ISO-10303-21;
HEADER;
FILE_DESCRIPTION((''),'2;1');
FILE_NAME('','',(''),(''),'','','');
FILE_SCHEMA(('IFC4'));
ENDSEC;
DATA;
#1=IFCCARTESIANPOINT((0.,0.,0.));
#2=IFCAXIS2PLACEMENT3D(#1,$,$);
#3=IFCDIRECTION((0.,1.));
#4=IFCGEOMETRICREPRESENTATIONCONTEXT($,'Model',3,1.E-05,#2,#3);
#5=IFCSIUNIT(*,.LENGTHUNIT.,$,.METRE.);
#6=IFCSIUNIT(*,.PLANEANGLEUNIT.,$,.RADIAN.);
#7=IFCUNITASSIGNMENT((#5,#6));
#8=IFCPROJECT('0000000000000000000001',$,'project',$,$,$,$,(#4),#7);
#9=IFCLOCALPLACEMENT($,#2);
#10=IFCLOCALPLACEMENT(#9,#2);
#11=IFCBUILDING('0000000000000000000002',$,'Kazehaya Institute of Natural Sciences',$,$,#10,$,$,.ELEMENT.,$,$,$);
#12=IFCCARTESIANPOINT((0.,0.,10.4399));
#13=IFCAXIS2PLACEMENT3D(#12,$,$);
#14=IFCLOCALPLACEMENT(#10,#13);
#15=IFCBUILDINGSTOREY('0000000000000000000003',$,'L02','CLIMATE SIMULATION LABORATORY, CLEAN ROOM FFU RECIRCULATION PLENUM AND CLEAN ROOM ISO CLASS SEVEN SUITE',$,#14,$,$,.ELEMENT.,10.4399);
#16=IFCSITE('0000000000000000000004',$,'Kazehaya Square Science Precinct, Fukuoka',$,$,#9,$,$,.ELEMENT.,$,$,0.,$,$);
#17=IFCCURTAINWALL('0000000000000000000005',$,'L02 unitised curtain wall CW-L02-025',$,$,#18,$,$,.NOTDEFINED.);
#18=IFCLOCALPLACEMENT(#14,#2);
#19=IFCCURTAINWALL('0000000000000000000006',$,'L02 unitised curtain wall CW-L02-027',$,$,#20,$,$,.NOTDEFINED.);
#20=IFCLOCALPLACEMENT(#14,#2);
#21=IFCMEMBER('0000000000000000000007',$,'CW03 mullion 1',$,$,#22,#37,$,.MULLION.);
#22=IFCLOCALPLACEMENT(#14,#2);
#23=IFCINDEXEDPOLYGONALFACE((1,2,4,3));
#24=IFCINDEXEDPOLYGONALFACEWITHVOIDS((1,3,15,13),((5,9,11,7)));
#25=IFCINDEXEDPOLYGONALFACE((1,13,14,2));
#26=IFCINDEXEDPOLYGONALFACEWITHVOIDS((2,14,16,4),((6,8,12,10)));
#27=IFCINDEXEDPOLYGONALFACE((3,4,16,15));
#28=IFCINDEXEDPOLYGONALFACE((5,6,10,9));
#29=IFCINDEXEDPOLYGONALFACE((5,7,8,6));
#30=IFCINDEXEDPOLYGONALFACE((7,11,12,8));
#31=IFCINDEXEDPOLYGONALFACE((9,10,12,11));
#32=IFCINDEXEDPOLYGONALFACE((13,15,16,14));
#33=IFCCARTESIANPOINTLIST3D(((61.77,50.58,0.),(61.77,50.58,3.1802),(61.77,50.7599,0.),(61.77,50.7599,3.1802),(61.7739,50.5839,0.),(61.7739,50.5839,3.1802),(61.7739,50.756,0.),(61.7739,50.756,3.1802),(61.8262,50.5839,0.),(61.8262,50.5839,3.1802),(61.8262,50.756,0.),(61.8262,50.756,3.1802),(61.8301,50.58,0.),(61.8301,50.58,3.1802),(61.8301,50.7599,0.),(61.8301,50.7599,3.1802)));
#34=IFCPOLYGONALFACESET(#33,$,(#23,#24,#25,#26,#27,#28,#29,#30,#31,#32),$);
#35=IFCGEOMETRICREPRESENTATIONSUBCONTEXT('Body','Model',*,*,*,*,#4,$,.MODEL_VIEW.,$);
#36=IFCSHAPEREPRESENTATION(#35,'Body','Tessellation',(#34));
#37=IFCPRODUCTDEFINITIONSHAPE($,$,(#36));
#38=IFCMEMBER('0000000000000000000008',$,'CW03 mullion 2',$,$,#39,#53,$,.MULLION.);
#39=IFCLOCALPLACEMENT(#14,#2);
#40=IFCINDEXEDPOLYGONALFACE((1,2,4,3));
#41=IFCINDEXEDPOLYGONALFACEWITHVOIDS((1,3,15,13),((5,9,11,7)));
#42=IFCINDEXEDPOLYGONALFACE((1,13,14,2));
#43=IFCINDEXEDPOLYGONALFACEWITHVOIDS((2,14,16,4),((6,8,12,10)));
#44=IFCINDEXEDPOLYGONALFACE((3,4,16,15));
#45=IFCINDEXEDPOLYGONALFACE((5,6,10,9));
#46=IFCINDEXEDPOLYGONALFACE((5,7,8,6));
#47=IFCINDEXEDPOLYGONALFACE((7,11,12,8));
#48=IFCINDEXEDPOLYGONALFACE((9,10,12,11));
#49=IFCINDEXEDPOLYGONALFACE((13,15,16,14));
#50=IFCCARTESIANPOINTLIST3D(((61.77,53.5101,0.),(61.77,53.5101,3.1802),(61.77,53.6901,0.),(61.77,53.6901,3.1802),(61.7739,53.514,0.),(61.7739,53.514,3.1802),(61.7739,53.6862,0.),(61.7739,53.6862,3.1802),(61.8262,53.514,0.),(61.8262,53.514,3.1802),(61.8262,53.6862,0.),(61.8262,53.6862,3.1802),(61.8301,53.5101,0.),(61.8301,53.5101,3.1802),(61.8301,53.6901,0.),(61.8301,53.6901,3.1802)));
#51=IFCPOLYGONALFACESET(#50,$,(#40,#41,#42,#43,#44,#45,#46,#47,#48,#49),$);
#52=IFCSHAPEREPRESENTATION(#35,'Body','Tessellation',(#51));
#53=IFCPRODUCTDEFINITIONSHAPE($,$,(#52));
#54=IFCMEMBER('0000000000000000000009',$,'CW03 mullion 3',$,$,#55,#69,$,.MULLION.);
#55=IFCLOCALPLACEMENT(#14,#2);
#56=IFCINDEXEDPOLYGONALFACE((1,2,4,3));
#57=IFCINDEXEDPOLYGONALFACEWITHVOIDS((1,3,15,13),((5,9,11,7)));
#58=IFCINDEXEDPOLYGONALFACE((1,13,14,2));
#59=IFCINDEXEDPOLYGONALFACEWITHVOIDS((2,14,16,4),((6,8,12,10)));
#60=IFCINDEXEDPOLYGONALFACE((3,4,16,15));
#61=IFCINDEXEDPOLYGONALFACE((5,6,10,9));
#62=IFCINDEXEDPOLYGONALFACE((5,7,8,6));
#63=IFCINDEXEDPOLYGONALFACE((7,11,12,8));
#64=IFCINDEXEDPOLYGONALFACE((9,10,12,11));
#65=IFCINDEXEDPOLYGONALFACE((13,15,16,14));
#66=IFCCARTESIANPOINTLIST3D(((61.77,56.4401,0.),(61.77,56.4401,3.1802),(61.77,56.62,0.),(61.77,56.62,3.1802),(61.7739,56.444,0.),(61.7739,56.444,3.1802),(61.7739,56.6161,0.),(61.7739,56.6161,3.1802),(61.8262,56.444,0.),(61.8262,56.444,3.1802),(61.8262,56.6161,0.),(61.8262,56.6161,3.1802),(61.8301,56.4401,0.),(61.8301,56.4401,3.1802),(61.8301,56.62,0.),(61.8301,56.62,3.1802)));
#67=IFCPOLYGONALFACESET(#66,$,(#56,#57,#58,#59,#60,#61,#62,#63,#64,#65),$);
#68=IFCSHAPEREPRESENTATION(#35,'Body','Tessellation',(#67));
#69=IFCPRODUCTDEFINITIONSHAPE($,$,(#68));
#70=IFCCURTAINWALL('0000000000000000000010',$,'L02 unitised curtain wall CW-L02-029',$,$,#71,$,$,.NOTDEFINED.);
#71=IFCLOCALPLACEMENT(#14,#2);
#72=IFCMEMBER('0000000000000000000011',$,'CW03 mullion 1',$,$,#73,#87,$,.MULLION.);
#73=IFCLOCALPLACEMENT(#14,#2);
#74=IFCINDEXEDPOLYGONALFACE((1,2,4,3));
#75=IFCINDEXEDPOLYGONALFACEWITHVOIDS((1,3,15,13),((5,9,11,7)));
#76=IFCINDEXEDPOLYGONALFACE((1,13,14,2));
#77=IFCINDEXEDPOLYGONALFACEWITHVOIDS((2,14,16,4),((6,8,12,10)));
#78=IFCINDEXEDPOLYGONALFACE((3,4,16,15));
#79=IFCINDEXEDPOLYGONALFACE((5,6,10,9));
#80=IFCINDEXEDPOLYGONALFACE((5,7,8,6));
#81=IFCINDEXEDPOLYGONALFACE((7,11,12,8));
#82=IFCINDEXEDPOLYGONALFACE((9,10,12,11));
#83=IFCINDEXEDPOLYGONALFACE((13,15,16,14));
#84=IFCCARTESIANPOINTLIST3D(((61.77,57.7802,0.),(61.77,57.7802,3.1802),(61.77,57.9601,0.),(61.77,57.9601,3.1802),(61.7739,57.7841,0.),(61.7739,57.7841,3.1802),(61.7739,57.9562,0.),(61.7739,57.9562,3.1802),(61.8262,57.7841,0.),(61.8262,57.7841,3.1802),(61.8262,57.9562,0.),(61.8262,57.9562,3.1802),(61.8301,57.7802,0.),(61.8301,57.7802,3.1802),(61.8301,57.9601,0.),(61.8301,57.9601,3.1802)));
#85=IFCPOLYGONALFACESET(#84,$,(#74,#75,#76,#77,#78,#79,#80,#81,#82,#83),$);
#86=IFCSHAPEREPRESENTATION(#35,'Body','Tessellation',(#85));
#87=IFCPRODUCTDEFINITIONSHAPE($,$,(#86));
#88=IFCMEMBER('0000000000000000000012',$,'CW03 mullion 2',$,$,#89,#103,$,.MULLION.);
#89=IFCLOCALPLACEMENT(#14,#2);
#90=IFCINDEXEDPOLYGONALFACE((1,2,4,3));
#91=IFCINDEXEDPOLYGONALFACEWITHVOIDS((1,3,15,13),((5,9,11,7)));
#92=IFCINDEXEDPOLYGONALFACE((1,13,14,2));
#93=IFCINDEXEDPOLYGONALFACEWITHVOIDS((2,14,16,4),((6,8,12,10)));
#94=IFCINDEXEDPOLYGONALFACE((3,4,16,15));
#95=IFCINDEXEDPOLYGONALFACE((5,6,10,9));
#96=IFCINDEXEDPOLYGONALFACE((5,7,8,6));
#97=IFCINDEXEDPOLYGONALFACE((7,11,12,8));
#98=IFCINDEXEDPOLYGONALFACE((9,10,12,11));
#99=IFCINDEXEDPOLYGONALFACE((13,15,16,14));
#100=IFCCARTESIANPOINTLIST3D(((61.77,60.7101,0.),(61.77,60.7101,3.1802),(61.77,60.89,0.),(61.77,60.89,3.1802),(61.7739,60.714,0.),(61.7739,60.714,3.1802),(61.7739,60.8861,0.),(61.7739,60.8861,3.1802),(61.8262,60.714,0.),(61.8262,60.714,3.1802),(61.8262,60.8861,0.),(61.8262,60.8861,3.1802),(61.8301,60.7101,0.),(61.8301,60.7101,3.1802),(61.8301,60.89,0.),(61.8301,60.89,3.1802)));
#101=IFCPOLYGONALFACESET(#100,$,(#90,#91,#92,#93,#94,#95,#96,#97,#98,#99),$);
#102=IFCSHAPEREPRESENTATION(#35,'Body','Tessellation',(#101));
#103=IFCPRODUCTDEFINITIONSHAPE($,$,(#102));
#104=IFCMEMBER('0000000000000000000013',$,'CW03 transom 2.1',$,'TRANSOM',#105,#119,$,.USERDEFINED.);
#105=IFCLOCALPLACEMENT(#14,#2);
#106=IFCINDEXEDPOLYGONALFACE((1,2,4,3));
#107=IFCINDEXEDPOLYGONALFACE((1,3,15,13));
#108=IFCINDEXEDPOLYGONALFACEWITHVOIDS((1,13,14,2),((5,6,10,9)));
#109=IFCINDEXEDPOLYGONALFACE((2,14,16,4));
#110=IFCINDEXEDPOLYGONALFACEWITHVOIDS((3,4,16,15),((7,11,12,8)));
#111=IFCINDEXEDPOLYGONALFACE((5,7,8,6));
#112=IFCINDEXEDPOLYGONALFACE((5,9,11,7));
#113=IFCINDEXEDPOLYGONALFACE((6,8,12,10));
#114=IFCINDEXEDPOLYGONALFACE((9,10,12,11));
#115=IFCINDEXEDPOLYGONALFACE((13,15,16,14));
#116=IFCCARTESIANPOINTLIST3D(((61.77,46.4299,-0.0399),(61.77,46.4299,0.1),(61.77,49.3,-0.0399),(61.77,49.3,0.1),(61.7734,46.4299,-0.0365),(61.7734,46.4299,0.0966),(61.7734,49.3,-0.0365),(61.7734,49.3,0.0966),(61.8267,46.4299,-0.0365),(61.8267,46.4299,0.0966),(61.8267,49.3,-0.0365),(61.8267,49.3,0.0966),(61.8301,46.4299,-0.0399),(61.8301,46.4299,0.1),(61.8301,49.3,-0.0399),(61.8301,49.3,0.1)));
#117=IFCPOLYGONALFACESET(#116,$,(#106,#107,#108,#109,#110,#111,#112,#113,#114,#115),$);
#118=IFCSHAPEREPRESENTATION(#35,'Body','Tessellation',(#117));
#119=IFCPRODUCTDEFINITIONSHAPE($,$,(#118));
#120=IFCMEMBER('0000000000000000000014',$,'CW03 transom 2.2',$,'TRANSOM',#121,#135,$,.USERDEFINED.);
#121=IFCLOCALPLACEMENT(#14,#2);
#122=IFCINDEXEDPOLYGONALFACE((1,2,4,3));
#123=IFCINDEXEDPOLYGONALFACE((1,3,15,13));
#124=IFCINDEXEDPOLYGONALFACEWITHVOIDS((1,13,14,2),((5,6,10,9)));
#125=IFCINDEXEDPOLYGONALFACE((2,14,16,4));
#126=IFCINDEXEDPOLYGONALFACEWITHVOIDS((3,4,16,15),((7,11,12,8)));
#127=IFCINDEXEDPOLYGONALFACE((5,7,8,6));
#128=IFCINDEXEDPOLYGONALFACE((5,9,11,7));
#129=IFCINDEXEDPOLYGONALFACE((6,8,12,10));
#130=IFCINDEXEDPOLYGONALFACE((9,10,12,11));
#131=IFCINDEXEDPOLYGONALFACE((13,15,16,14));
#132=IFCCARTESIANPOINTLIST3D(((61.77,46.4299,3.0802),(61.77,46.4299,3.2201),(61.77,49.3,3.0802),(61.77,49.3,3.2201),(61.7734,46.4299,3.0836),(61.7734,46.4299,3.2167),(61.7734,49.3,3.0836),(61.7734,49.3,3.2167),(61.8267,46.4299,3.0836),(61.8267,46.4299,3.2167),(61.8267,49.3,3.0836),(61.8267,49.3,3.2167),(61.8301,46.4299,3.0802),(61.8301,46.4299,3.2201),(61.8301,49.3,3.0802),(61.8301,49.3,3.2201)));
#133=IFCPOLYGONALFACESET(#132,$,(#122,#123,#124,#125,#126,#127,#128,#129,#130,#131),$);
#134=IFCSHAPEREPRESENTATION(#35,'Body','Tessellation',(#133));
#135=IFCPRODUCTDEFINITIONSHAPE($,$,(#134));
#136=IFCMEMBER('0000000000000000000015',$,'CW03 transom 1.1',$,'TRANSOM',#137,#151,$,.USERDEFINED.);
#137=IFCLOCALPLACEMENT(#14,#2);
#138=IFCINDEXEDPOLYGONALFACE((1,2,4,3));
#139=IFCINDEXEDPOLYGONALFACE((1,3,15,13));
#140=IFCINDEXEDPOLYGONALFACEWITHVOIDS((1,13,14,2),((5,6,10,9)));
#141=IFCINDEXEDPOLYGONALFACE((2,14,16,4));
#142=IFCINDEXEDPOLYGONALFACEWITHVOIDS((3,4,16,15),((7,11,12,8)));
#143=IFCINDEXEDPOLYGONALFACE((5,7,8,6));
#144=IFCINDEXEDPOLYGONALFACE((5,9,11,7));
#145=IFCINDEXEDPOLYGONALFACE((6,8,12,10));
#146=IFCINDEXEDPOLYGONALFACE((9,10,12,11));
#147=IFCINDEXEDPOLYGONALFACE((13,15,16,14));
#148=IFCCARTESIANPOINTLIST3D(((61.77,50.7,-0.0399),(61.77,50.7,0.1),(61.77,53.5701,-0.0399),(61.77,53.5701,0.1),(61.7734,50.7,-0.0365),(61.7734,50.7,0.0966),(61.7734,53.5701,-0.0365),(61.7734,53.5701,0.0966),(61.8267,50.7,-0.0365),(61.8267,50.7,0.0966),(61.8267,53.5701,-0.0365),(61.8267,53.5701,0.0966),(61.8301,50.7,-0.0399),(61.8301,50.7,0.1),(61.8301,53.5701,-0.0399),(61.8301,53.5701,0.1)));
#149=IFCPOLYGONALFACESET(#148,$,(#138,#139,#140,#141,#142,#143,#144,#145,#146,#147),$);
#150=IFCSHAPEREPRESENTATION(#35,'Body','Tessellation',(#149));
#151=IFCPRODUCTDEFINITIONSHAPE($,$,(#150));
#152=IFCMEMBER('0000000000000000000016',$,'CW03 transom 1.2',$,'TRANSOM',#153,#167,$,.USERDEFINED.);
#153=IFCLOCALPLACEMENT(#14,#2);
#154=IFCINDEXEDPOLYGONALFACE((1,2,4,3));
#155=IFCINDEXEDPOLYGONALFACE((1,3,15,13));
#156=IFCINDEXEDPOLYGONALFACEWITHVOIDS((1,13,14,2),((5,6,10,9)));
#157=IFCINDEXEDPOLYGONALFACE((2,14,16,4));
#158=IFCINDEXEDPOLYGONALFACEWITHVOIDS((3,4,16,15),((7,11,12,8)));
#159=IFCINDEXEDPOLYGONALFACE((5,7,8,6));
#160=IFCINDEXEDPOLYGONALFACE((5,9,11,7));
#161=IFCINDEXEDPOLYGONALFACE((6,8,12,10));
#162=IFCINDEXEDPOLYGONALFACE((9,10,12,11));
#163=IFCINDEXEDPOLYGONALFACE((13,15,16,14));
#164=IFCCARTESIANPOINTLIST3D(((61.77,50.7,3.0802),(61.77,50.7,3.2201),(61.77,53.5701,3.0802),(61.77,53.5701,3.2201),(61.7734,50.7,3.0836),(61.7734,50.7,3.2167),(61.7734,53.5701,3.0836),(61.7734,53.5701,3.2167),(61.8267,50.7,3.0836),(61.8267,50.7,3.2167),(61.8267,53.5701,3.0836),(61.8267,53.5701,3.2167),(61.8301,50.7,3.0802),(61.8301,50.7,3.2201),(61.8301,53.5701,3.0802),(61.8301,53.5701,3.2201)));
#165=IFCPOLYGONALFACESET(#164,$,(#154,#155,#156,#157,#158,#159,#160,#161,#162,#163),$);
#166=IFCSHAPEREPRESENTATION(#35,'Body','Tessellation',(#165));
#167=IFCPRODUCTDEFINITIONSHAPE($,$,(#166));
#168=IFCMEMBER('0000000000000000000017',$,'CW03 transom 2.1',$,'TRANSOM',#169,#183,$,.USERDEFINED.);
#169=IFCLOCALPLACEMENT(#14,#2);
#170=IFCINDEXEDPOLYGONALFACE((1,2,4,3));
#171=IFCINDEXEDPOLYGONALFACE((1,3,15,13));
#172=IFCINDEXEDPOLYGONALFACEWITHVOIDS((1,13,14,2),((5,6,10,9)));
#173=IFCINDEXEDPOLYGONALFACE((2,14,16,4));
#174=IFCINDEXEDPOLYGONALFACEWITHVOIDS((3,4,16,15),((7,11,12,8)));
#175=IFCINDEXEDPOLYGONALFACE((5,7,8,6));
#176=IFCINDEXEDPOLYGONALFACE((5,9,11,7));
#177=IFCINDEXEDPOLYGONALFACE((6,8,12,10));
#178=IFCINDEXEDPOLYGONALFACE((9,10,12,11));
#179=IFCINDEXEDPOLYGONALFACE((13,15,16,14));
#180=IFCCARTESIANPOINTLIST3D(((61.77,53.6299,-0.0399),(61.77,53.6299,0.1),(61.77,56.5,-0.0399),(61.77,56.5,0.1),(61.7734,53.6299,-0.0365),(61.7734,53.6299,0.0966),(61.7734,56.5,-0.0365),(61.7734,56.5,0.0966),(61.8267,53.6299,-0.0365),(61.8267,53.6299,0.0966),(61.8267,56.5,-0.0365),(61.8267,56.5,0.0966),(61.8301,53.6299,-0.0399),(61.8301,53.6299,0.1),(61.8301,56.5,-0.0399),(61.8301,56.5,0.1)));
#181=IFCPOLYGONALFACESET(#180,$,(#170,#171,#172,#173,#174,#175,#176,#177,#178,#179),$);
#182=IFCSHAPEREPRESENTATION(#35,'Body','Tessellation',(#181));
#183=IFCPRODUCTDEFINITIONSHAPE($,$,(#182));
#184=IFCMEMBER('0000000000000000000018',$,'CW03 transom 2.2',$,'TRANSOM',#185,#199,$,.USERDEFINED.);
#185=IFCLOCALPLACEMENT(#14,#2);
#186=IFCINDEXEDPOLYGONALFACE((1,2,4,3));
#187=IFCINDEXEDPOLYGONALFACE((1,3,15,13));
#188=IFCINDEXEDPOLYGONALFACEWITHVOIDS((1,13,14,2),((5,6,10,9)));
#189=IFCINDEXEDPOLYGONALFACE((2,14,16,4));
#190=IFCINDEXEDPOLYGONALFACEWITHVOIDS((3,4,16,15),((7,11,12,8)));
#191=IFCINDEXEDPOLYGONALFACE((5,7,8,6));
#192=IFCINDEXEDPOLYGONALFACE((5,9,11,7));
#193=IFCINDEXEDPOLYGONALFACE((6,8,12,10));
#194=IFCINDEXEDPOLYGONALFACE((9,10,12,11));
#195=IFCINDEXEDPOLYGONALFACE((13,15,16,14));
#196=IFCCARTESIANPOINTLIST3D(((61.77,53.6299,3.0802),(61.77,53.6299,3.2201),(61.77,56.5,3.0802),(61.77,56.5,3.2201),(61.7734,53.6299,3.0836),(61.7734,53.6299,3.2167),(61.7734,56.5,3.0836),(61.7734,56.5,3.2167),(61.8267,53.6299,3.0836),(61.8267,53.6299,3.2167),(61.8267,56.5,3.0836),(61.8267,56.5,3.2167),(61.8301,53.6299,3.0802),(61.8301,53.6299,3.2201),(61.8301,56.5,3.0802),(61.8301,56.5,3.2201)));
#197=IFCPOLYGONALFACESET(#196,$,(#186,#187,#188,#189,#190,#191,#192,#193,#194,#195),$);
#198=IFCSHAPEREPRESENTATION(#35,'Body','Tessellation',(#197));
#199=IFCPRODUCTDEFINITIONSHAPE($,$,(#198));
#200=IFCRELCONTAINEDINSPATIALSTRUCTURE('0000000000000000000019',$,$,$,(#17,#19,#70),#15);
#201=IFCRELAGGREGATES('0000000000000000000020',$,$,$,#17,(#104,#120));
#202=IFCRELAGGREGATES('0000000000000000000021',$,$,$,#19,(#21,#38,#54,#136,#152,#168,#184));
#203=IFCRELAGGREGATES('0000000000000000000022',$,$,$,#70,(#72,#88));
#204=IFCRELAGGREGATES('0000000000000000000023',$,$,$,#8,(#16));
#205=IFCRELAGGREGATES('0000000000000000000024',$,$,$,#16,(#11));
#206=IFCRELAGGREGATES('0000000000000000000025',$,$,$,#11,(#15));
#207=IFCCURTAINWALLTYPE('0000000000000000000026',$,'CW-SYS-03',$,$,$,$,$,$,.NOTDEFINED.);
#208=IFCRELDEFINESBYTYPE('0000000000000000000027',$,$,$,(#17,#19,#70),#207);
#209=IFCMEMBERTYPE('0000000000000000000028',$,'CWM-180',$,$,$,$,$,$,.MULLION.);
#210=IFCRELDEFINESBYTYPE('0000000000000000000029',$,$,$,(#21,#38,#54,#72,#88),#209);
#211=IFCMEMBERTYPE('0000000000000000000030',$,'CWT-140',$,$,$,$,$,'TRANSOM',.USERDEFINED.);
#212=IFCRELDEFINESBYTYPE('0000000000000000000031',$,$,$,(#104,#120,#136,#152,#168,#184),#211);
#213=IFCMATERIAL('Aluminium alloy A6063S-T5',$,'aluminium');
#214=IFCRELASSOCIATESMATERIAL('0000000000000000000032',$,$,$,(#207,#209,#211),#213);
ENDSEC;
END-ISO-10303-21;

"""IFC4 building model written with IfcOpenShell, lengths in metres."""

from ifc_helpers import new_model, si_unit, direction, frame, origin, origin_2d, place, context, subcontext, project, spatial, hollow_rectangle, extrude, material, material_profile, profile_set, type_object, element, aggregate, save


model = new_model("IFC4")

# Units and contexts
model_context = context("Model", 3, precision=1e-05, world=origin(), true_north=direction((0.0, 1.0)))
body_context = subcontext(model_context, "Body", "Model", "MODEL_VIEW")
ifc_project = project(units=[si_unit("LENGTHUNIT", "METRE"), si_unit("PLANEANGLEUNIT", "RADIAN")], contexts=[model_context])

# Site, building, storey
site_placement = place(None, origin())
site = spatial("IfcSite", under=ifc_project, at=site_placement, Name="Kazehaya Square Science Precinct, Fukuoka", CompositionType="ELEMENT", RefElevation=0.0)
building_placement = place(site_placement, origin())
building = spatial("IfcBuilding", under=site, at=building_placement, Name="Kazehaya Institute of Natural Sciences", CompositionType="ELEMENT")
storey_placement = place(building_placement, frame((0.0, 0.0, 10.4399)))
storey = spatial("IfcBuildingStorey", under=building, at=storey_placement, Name="L02", Description="CLIMATE SIMULATION LABORATORY, CLEAN ROOM FFU RECIRCULATION PLENUM AND CLEAN ROOM ISO CLASS SEVEN SUITE", CompositionType="ELEMENT", Elevation=10.4399)

# Curtain walls, members
ifc_material_1 = material(Name="Aluminium alloy A6063S-T5", Category="aluminium")
curtain_wall_type = type_object("IfcCurtainWallType", Name="CW-SYS-03", PredefinedType="NOTDEFINED", material=ifc_material_1)
curtain_wall_1_placement = place(storey_placement, origin())
curtain_wall_1 = element("IfcCurtainWall", 1, at=curtain_wall_1_placement, inside=storey, type_object=curtain_wall_type, Name="L02 unitised curtain wall CW-L02-025", PredefinedType="NOTDEFINED")
ifc_material_profile_1 = material_profile(ifc_material_1, hollow_rectangle(XDim=0.0601, YDim=0.1799, WallThickness=0.0039, at=origin_2d()), Name="ALU-60x180x4")
ifc_profile_set_1 = profile_set([ifc_material_profile_1], Name="Aluminium alloy A6063S-T5")
member_type_1 = type_object("IfcMemberType", Name="CWM-180", PredefinedType="MULLION", material=ifc_profile_set_1)
curtain_wall_2_placement = place(storey_placement, origin())
curtain_wall_2 = element("IfcCurtainWall", 2, at=curtain_wall_2_placement, inside=storey, type_object=curtain_wall_type, Name="L02 unitised curtain wall CW-L02-027", PredefinedType="NOTDEFINED")
member_1_placement = place(storey_placement, frame((61.8, 50.6699, 0.0), z_axis=(0.0, 0.0, 1.0), x_axis=(-1.0, 0.0, 0.0)))
member_1 = element("IfcMember", 3, at=member_1_placement, type_object=member_type_1, Name="CW03 mullion 1", PredefinedType="MULLION", context=body_context, shape_type="SweptSolid", body=[
    extrude(hollow_rectangle(XDim=0.0601, YDim=0.1799, WallThickness=0.0039, at=origin_2d()), origin(), (0.0, 0.0, 1.0), 3.1802),
])
member_2_placement = place(storey_placement, frame((61.8, 53.6001, 0.0), z_axis=(0.0, 0.0, 1.0), x_axis=(-1.0, 0.0, 0.0)))
member_2 = element("IfcMember", 4, at=member_2_placement, type_object=member_type_1, Name="CW03 mullion 2", PredefinedType="MULLION", context=body_context, shape_type="SweptSolid", body=[
    extrude(hollow_rectangle(XDim=0.0601, YDim=0.1799, WallThickness=0.0039, at=origin_2d()), origin(), (0.0, 0.0, 1.0), 3.1802),
])
member_3_placement = place(storey_placement, frame((61.8, 56.53, 0.0), z_axis=(0.0, 0.0, 1.0), x_axis=(-1.0, 0.0, 0.0)))
member_3 = element("IfcMember", 5, at=member_3_placement, type_object=member_type_1, Name="CW03 mullion 3", PredefinedType="MULLION", context=body_context, shape_type="SweptSolid", body=[
    extrude(hollow_rectangle(XDim=0.0601, YDim=0.1799, WallThickness=0.0039, at=origin_2d()), origin(), (0.0, 0.0, 1.0), 3.1802),
])
curtain_wall_3_placement = place(storey_placement, origin())
curtain_wall_3 = element("IfcCurtainWall", 6, at=curtain_wall_3_placement, inside=storey, type_object=curtain_wall_type, Name="L02 unitised curtain wall CW-L02-029", PredefinedType="NOTDEFINED")
member_4_placement = place(storey_placement, frame((61.8, 57.8701, 0.0), z_axis=(0.0, 0.0, 1.0), x_axis=(-1.0, 0.0, 0.0)))
member_4 = element("IfcMember", 7, at=member_4_placement, type_object=member_type_1, Name="CW03 mullion 1", PredefinedType="MULLION", context=body_context, shape_type="SweptSolid", body=[
    extrude(hollow_rectangle(XDim=0.0601, YDim=0.1799, WallThickness=0.0039, at=origin_2d()), origin(), (0.0, 0.0, 1.0), 3.1802),
])
member_5_placement = place(storey_placement, frame((61.8, 60.8, 0.0), z_axis=(0.0, 0.0, 1.0), x_axis=(-1.0, 0.0, 0.0)))
member_5 = element("IfcMember", 8, at=member_5_placement, type_object=member_type_1, Name="CW03 mullion 2", PredefinedType="MULLION", context=body_context, shape_type="SweptSolid", body=[
    extrude(hollow_rectangle(XDim=0.0601, YDim=0.1799, WallThickness=0.0039, at=origin_2d()), origin(), (0.0, 0.0, 1.0), 3.1802),
])

# Members
ifc_material_profile_2 = material_profile(ifc_material_1, hollow_rectangle(XDim=0.0601, YDim=0.1399, WallThickness=0.0034, at=origin_2d()), Name="ALU-60x140x3.5")
ifc_profile_set_2 = profile_set([ifc_material_profile_2], Name="Aluminium alloy A6063S-T5")
member_type_2 = type_object("IfcMemberType", Name="CWT-140", ElementType="TRANSOM", PredefinedType="USERDEFINED", material=ifc_profile_set_2)
member_6_placement = place(storey_placement, frame((61.8, 46.4299, 0.03), z_axis=(0.0, 1.0, 0.0), x_axis=(-1.0, 0.0, 0.0)))
member_6 = element("IfcMember", 9, at=member_6_placement, type_object=member_type_2, Name="CW03 transom 2.1", ObjectType="TRANSOM", PredefinedType="USERDEFINED", context=body_context, shape_type="SweptSolid", body=[
    extrude(hollow_rectangle(XDim=0.0601, YDim=0.1399, WallThickness=0.0034, at=origin_2d()), origin(), (0.0, 0.0, 1.0), 2.8701),
])
member_7_placement = place(storey_placement, frame((61.8, 46.4299, 3.1501), z_axis=(0.0, 1.0, 0.0), x_axis=(-1.0, 0.0, 0.0)))
member_7 = element("IfcMember", 10, at=member_7_placement, type_object=member_type_2, Name="CW03 transom 2.2", ObjectType="TRANSOM", PredefinedType="USERDEFINED", context=body_context, shape_type="SweptSolid", body=[
    extrude(hollow_rectangle(XDim=0.0601, YDim=0.1399, WallThickness=0.0034, at=origin_2d()), origin(), (0.0, 0.0, 1.0), 2.8701),
])
member_8_placement = place(storey_placement, frame((61.8, 50.7, 0.03), z_axis=(0.0, 1.0, 0.0), x_axis=(-1.0, 0.0, 0.0)))
member_8 = element("IfcMember", 11, at=member_8_placement, type_object=member_type_2, Name="CW03 transom 1.1", ObjectType="TRANSOM", PredefinedType="USERDEFINED", context=body_context, shape_type="SweptSolid", body=[
    extrude(hollow_rectangle(XDim=0.0601, YDim=0.1399, WallThickness=0.0034, at=origin_2d()), origin(), (0.0, 0.0, 1.0), 2.8701),
])
member_9_placement = place(storey_placement, frame((61.8, 50.7, 3.1501), z_axis=(0.0, 1.0, 0.0), x_axis=(-1.0, 0.0, 0.0)))
member_9 = element("IfcMember", 12, at=member_9_placement, type_object=member_type_2, Name="CW03 transom 1.2", ObjectType="TRANSOM", PredefinedType="USERDEFINED", context=body_context, shape_type="SweptSolid", body=[
    extrude(hollow_rectangle(XDim=0.0601, YDim=0.1399, WallThickness=0.0034, at=origin_2d()), origin(), (0.0, 0.0, 1.0), 2.8701),
])
member_10_placement = place(storey_placement, frame((61.8, 53.6299, 0.03), z_axis=(0.0, 1.0, 0.0), x_axis=(-1.0, 0.0, 0.0)))
member_10 = element("IfcMember", 13, at=member_10_placement, type_object=member_type_2, Name="CW03 transom 2.1", ObjectType="TRANSOM", PredefinedType="USERDEFINED", context=body_context, shape_type="SweptSolid", body=[
    extrude(hollow_rectangle(XDim=0.0601, YDim=0.1399, WallThickness=0.0034, at=origin_2d()), origin(), (0.0, 0.0, 1.0), 2.8701),
])
member_11_placement = place(storey_placement, frame((61.8, 53.6299, 3.1501), z_axis=(0.0, 1.0, 0.0), x_axis=(-1.0, 0.0, 0.0)))
member_11 = element("IfcMember", 14, at=member_11_placement, type_object=member_type_2, Name="CW03 transom 2.2", ObjectType="TRANSOM", PredefinedType="USERDEFINED", context=body_context, shape_type="SweptSolid", body=[
    extrude(hollow_rectangle(XDim=0.0601, YDim=0.1399, WallThickness=0.0034, at=origin_2d()), origin(), (0.0, 0.0, 1.0), 2.8701),
])

aggregate(curtain_wall_1, [member_6, member_7])
aggregate(curtain_wall_2, [member_1, member_2, member_3, member_8, member_9, member_10, member_11])
aggregate(curtain_wall_3, [member_4, member_5])

save(model, "model.ifc")
